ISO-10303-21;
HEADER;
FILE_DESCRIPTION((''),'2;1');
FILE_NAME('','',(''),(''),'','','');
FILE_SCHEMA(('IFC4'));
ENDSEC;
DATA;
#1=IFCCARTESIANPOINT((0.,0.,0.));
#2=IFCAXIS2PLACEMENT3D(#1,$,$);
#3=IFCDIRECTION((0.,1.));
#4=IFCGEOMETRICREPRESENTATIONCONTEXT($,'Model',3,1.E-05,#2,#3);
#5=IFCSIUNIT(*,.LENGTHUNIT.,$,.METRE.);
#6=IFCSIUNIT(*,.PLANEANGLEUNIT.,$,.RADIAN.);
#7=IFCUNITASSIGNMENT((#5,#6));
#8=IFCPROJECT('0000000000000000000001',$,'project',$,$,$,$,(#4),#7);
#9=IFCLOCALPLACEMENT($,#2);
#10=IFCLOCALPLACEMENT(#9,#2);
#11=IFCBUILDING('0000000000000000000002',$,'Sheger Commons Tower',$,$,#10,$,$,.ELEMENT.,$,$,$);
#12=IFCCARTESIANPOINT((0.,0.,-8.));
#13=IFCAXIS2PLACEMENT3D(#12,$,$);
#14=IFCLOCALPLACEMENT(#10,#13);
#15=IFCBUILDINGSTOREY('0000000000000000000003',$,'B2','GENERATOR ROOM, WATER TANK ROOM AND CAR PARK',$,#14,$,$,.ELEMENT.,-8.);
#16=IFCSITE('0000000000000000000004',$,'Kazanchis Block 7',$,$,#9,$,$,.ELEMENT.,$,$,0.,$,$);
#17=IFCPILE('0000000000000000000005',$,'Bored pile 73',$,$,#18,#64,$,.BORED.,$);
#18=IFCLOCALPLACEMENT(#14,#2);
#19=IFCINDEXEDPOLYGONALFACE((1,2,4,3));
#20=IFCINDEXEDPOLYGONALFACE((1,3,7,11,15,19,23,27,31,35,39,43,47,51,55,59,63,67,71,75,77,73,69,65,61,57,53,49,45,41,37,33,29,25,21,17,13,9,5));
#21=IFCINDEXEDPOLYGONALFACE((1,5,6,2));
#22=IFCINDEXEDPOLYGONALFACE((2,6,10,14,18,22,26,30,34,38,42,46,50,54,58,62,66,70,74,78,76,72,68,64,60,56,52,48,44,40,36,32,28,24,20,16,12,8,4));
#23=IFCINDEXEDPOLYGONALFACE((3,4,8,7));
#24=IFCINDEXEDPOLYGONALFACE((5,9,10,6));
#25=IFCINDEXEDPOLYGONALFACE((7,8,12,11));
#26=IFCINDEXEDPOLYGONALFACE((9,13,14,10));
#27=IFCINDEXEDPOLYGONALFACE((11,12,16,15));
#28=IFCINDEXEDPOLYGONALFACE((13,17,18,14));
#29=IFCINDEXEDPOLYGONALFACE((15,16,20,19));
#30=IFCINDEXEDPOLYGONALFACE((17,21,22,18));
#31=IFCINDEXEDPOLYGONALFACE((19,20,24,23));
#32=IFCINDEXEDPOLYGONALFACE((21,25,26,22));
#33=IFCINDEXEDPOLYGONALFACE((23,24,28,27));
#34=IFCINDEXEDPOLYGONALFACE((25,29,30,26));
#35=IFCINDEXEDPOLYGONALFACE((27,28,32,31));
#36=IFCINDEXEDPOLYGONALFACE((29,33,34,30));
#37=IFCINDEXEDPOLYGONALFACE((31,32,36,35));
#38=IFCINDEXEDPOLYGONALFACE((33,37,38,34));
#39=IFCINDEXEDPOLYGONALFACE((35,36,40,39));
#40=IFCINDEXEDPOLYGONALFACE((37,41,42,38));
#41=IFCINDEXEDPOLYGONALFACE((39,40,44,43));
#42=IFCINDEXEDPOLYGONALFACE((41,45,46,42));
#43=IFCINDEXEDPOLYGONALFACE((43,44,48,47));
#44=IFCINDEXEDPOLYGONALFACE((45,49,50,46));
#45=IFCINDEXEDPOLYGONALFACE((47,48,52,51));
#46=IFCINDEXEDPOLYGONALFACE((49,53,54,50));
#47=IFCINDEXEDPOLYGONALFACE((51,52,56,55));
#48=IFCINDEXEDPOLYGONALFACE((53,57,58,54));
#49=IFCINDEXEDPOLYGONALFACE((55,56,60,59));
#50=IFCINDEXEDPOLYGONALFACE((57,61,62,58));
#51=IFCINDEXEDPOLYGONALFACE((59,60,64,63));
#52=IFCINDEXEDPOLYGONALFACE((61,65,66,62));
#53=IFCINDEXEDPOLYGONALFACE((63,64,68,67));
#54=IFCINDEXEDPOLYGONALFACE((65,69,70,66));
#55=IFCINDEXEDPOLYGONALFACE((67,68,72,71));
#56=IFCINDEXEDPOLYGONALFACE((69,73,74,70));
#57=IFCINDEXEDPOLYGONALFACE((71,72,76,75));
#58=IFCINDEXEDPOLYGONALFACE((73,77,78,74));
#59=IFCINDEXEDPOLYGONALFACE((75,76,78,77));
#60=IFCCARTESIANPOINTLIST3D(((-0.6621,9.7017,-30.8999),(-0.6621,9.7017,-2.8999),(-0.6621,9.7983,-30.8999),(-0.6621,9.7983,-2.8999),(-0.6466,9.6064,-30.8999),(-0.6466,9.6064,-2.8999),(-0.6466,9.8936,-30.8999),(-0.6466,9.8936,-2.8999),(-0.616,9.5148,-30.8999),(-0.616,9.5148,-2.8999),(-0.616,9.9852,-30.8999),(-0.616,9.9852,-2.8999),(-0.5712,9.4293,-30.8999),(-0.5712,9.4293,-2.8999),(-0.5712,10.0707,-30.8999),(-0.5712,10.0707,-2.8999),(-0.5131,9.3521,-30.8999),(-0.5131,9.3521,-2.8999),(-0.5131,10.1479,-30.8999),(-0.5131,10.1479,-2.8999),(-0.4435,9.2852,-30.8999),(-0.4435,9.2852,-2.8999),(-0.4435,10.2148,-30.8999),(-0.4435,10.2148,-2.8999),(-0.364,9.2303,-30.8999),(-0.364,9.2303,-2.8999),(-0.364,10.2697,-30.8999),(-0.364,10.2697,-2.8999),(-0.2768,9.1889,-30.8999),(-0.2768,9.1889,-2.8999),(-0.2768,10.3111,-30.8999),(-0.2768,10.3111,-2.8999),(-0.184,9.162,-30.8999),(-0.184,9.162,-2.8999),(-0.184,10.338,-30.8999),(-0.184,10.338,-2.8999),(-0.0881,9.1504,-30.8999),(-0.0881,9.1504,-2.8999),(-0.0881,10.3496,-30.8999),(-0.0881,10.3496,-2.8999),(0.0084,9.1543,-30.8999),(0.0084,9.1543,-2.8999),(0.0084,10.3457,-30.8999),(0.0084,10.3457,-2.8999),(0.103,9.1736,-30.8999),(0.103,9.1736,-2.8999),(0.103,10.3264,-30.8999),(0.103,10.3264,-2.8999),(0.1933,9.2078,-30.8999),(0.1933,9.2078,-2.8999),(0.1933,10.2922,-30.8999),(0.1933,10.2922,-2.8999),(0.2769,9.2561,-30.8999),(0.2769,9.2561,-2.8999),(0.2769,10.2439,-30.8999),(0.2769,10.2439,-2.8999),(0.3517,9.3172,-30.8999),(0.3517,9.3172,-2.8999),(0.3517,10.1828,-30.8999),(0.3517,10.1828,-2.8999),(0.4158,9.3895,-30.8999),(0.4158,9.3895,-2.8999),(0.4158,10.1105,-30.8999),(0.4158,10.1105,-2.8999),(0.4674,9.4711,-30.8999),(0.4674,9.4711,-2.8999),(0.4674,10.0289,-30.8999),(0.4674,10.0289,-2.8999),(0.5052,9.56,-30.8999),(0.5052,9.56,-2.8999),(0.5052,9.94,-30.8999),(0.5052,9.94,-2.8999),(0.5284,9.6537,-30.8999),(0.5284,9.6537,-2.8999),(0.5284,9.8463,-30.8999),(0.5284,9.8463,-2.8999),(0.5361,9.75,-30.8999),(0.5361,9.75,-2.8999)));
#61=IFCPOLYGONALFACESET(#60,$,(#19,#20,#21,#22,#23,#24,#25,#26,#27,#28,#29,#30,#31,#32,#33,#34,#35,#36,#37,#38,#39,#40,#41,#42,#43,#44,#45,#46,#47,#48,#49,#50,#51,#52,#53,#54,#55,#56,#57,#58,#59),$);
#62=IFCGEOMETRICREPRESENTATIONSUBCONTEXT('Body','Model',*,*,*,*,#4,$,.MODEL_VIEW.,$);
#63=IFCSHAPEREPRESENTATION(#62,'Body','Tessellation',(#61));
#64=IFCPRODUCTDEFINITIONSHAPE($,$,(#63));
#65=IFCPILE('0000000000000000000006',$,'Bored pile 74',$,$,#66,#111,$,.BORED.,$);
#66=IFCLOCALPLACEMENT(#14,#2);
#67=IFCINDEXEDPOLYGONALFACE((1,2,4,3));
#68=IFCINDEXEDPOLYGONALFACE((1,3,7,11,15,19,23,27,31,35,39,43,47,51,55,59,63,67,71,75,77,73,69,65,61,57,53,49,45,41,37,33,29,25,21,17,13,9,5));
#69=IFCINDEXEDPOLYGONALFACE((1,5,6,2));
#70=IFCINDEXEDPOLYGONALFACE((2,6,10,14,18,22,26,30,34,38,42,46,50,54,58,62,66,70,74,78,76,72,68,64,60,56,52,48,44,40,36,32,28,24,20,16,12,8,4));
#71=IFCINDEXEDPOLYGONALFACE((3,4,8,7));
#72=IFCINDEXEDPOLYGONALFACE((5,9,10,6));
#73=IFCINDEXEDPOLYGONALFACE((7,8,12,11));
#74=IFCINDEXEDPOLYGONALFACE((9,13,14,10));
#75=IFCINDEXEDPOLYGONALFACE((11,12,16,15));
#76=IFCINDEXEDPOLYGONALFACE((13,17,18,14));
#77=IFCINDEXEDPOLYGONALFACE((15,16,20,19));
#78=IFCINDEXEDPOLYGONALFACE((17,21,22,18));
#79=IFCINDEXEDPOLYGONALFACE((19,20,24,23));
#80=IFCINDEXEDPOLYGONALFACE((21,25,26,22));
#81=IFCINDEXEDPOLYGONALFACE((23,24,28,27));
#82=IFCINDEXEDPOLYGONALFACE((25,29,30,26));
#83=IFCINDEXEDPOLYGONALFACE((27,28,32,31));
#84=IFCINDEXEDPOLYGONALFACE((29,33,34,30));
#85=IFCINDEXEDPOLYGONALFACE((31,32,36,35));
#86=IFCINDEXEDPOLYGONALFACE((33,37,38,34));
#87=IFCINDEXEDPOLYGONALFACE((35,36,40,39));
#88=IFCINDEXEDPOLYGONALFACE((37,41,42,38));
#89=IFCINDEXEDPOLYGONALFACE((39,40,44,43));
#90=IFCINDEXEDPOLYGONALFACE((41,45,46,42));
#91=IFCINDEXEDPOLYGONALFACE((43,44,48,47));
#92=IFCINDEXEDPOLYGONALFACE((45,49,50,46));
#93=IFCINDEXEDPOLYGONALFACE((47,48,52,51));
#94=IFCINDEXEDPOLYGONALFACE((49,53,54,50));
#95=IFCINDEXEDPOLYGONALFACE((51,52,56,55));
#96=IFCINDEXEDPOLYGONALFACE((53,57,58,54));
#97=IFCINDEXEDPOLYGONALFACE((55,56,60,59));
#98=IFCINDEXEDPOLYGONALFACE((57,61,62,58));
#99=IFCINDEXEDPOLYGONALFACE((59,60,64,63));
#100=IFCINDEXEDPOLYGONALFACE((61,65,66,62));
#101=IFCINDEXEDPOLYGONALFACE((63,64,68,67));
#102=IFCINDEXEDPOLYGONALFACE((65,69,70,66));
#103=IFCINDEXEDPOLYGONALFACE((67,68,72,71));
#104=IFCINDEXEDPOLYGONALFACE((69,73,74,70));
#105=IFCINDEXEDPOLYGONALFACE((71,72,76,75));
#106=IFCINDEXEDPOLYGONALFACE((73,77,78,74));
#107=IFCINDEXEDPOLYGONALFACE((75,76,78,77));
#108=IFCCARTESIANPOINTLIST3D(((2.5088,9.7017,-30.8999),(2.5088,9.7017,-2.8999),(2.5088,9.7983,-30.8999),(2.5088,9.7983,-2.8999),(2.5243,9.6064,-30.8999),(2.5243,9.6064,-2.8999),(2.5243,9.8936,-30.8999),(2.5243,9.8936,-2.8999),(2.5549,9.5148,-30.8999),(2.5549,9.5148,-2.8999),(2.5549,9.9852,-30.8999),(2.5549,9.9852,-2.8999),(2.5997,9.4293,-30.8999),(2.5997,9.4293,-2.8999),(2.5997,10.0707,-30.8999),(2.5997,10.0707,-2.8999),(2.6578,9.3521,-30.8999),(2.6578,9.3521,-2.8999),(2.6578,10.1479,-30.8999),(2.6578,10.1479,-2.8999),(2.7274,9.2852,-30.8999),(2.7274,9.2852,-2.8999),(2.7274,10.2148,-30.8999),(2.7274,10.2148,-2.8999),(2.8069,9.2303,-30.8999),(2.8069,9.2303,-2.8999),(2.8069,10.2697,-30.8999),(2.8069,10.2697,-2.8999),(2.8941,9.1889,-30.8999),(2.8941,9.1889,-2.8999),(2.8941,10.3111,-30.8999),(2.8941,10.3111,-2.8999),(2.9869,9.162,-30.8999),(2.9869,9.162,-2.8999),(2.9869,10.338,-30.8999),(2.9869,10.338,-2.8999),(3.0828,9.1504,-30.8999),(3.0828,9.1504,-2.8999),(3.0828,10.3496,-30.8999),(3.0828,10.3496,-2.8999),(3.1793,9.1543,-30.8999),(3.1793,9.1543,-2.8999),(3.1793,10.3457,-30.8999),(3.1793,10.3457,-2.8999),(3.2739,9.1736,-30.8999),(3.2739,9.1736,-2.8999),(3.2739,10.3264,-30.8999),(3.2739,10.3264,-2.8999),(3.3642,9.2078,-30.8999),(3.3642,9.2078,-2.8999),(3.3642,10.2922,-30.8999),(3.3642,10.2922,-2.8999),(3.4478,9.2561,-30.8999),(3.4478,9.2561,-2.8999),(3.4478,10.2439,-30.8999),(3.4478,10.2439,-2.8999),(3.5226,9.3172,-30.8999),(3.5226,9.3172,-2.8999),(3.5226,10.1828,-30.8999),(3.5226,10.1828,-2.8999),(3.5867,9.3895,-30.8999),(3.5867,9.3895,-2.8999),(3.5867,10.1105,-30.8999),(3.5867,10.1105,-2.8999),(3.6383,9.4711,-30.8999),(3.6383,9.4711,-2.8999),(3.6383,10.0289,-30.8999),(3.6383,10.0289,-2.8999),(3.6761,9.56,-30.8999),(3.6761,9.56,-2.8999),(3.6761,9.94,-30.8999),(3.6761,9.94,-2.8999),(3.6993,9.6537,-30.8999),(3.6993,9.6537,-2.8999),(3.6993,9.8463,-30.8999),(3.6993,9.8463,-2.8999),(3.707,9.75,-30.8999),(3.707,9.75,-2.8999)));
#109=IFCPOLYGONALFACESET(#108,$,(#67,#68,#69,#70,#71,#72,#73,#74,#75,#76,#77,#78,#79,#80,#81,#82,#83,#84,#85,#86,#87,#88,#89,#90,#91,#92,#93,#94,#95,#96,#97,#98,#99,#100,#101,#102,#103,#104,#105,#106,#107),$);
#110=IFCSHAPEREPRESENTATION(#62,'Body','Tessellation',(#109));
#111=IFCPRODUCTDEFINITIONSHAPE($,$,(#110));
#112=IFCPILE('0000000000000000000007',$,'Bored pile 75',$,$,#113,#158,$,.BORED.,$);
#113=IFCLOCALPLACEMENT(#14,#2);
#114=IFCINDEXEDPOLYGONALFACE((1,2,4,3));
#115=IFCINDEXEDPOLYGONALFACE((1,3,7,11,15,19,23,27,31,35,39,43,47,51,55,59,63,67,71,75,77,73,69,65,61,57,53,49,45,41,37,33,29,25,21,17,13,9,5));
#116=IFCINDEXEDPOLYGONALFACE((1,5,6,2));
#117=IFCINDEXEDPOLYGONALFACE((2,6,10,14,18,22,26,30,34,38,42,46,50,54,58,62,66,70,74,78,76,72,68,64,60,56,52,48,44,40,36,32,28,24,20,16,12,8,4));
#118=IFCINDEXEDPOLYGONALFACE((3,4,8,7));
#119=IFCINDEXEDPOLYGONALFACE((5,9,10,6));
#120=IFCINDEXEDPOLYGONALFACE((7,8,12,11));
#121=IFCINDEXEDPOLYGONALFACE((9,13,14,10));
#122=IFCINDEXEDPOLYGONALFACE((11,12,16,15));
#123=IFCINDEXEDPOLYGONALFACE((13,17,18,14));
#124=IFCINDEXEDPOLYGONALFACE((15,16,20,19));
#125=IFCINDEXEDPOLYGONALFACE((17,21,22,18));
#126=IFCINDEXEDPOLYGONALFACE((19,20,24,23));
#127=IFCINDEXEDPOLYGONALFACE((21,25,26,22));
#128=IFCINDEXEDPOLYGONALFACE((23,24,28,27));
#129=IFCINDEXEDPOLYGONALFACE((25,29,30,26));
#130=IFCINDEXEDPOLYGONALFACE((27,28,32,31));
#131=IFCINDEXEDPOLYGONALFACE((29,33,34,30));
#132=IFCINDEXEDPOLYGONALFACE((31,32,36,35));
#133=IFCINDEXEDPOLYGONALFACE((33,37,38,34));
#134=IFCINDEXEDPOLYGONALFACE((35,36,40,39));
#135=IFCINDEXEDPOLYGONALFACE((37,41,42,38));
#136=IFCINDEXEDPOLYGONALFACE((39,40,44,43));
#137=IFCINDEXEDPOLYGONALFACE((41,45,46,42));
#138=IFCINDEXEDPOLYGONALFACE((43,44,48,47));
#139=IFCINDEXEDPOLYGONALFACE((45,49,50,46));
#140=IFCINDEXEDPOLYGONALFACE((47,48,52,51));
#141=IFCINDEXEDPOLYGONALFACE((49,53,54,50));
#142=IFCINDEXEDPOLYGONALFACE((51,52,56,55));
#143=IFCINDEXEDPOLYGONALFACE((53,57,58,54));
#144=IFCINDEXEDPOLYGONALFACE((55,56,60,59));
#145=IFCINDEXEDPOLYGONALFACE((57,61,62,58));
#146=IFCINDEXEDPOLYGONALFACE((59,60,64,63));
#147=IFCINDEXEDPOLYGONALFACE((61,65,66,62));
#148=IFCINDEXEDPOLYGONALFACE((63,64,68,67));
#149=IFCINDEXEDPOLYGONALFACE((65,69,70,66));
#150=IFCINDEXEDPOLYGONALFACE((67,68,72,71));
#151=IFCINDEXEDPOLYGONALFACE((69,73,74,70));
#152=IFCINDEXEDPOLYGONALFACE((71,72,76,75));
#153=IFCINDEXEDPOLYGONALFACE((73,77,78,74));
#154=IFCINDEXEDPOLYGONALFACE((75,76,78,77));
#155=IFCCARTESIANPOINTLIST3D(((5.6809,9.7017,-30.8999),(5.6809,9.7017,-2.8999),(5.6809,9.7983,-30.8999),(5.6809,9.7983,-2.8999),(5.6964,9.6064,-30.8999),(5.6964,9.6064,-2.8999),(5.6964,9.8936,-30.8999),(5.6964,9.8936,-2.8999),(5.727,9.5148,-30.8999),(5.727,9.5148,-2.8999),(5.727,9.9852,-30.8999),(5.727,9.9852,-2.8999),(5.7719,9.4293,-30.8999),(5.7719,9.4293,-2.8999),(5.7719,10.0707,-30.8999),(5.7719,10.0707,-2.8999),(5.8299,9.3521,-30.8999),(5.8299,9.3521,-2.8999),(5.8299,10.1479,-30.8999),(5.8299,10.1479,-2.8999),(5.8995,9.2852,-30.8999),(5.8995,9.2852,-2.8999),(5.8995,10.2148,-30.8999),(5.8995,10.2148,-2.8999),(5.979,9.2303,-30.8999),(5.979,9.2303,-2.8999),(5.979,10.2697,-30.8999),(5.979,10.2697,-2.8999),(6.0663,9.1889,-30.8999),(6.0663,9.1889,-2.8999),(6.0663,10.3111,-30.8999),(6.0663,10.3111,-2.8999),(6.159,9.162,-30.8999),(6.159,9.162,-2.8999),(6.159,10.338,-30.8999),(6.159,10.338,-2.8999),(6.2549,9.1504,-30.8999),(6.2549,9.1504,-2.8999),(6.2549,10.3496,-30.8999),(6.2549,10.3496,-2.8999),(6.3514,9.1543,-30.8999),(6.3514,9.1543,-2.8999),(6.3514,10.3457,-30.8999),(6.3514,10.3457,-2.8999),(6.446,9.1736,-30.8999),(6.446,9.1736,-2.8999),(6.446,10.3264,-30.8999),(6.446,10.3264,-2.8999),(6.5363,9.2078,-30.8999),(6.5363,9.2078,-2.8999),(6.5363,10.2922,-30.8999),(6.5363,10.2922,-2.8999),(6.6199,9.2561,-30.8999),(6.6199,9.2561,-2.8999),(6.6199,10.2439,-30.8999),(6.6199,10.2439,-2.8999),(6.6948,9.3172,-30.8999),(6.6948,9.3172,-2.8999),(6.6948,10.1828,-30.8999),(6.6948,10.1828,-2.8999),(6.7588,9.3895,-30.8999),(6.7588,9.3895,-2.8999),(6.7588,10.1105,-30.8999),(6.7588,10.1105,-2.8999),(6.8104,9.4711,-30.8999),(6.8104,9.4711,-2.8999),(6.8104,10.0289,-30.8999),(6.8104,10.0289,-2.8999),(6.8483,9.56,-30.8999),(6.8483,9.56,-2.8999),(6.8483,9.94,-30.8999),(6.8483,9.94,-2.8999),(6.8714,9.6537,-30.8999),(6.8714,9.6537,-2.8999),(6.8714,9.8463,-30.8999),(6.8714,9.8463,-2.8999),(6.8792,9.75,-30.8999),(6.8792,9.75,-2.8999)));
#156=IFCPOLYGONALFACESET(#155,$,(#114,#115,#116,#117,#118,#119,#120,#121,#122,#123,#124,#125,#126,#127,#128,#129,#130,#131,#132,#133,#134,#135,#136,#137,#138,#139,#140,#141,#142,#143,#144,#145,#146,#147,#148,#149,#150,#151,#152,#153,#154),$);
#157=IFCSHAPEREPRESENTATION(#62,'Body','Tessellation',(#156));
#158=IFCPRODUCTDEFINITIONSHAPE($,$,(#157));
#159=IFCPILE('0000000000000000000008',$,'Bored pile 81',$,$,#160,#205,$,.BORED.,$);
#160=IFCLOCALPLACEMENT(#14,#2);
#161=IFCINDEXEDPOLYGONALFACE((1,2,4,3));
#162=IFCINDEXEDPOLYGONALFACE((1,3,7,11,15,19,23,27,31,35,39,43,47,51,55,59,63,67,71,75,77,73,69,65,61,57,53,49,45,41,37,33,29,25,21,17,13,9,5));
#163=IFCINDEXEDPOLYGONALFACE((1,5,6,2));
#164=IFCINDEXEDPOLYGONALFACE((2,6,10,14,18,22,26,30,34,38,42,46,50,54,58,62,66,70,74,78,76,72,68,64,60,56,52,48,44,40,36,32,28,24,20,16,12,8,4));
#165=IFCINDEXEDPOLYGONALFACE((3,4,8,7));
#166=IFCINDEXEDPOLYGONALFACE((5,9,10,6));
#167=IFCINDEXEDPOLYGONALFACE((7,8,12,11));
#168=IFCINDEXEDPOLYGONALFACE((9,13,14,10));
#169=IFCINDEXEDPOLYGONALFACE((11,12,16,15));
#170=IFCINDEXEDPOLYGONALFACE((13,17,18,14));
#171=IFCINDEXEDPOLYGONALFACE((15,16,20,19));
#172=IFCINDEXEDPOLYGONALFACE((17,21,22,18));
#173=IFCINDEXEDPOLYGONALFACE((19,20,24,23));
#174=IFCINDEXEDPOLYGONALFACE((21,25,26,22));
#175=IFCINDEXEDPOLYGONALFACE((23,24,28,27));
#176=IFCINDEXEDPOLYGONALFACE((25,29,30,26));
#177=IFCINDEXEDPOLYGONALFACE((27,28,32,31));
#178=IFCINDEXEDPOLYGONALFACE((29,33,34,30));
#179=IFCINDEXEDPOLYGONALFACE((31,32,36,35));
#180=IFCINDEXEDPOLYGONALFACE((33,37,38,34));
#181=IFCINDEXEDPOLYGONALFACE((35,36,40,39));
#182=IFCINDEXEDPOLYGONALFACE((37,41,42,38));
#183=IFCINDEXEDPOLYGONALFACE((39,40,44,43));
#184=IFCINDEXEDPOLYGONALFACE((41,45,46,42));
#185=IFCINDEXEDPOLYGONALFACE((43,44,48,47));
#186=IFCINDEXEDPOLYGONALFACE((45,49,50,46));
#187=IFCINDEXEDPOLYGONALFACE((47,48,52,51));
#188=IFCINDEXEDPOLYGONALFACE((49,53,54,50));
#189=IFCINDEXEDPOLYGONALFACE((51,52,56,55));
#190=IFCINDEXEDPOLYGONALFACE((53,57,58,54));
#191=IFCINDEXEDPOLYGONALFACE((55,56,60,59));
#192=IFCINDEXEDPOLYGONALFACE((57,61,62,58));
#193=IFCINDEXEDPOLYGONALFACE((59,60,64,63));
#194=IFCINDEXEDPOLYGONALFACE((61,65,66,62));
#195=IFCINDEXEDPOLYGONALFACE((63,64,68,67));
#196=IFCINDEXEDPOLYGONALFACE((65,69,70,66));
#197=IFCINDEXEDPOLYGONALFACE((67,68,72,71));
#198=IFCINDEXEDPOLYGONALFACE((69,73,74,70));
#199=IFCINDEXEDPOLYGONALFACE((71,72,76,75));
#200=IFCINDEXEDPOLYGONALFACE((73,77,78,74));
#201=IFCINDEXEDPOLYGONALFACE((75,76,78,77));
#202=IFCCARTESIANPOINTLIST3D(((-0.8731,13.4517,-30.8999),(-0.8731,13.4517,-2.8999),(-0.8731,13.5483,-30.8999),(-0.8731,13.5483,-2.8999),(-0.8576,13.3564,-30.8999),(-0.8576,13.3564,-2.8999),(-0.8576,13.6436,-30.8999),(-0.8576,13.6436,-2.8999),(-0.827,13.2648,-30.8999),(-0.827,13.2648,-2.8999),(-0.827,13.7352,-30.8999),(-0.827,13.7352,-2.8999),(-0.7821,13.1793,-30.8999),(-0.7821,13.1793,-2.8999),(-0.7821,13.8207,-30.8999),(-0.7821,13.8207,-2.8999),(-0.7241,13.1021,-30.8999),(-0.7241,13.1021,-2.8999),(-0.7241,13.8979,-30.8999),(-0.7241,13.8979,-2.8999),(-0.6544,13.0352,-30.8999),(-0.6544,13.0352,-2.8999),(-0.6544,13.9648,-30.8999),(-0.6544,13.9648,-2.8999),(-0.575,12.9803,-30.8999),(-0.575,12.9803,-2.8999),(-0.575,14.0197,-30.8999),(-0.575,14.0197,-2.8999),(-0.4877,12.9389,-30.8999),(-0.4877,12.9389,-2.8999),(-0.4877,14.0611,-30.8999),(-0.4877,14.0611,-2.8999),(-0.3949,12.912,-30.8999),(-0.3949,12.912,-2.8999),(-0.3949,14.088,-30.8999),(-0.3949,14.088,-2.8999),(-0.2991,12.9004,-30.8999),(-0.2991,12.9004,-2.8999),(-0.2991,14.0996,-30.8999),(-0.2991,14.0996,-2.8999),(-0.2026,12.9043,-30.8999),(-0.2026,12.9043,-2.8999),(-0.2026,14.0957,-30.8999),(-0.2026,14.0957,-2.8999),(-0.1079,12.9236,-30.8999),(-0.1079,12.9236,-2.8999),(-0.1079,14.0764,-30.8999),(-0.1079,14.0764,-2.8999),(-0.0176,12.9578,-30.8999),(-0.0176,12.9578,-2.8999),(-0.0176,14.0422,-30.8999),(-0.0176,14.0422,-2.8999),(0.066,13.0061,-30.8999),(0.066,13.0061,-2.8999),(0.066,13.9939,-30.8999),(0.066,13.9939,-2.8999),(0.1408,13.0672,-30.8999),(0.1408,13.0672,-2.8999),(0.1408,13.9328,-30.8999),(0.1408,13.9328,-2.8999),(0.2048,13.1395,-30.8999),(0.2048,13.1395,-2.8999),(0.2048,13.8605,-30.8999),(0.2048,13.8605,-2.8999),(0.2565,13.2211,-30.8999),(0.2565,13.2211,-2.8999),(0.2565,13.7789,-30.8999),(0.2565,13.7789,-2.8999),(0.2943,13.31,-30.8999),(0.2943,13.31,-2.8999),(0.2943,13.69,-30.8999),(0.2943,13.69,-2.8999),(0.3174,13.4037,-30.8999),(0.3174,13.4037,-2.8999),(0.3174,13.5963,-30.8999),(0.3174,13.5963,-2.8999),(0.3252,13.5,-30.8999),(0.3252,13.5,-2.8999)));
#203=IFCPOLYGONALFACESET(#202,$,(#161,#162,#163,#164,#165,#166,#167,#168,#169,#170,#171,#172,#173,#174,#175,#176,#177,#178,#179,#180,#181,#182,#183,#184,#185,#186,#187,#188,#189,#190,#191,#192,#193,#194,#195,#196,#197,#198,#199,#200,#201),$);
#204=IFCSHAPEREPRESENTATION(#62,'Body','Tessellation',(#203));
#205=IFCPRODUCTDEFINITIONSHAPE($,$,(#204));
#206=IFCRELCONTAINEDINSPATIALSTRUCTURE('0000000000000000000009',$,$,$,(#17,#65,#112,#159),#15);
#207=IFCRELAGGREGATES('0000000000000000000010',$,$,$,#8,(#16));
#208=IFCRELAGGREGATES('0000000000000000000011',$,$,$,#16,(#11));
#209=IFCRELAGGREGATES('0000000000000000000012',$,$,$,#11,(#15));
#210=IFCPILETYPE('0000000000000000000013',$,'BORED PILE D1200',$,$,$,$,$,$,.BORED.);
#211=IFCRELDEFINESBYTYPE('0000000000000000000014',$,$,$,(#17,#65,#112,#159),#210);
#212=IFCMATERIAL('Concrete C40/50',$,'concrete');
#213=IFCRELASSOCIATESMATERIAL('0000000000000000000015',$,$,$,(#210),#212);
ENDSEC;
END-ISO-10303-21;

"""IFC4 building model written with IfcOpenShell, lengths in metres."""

from ifc_helpers import new_model, si_unit, direction, frame, origin, origin_2d, place, context, subcontext, project, spatial, circle, extrude, material, material_profile, profile_set, type_object, element, save


model = new_model("IFC4")

# Units and contexts
model_context = context("Model", 3, precision=1e-05, world=origin(), true_north=direction((0.0, 1.0)))
body_context = subcontext(model_context, "Body", "Model", "MODEL_VIEW")
ifc_project = project(units=[si_unit("LENGTHUNIT", "METRE"), si_unit("PLANEANGLEUNIT", "RADIAN")], contexts=[model_context])

# Site, building, storey
site_placement = place(None, origin())
site = spatial("IfcSite", under=ifc_project, at=site_placement, Name="Kazanchis Block 7", CompositionType="ELEMENT", RefElevation=0.0)
building_placement = place(site_placement, origin())
building = spatial("IfcBuilding", under=site, at=building_placement, Name="Sheger Commons Tower", CompositionType="ELEMENT")
storey_placement = place(building_placement, frame((0.0, 0.0, -8.0)))
storey = spatial("IfcBuildingStorey", under=building, at=storey_placement, Name="B2", Description="GENERATOR ROOM, WATER TANK ROOM AND CAR PARK", CompositionType="ELEMENT", Elevation=-8.0)

# Piles
ifc_material_1 = material(Name="Concrete C40/50", Category="concrete")
ifc_material_profile_1 = material_profile(ifc_material_1, circle(Radius=0.6001, at=origin_2d()), Name="PILE D1200")
ifc_profile_set_1 = profile_set([ifc_material_profile_1], Name="Concrete C40/50")
pile_type = type_object("IfcPileType", Name="BORED PILE D1200", PredefinedType="BORED", material=ifc_profile_set_1)
for number, where, z_axis, x_axis, name in (
    (1, (-0.064, 9.75, -2.8999), (0.0, 0.0, -1.0), (1.0, 0.0, 0.0), "Bored pile 73"),
    (2, (3.1069, 9.75, -2.8999), (0.0, 0.0, -1.0), (1.0, 0.0, 0.0), "Bored pile 74"),
    (3, (6.2791, 9.75, -2.8999), (0.0, 0.0, -1.0), (1.0, 0.0, 0.0), "Bored pile 75"),
    (4, (-0.2749, 13.5, -2.8999), (0.0, 0.0, -1.0), (1.0, 0.0, 0.0), "Bored pile 81"),
):
    element("IfcPile", number, at=place(storey_placement, frame(where, z_axis=z_axis, x_axis=x_axis)), inside=storey, type_object=pile_type, Name=name, PredefinedType="BORED", context=body_context, shape_type="SweptSolid", body=[
        extrude(circle(Radius=0.6001, at=origin_2d()), origin(), (0.0, 0.0, 1.0), 28.0),
    ])

save(model, "model.ifc")
